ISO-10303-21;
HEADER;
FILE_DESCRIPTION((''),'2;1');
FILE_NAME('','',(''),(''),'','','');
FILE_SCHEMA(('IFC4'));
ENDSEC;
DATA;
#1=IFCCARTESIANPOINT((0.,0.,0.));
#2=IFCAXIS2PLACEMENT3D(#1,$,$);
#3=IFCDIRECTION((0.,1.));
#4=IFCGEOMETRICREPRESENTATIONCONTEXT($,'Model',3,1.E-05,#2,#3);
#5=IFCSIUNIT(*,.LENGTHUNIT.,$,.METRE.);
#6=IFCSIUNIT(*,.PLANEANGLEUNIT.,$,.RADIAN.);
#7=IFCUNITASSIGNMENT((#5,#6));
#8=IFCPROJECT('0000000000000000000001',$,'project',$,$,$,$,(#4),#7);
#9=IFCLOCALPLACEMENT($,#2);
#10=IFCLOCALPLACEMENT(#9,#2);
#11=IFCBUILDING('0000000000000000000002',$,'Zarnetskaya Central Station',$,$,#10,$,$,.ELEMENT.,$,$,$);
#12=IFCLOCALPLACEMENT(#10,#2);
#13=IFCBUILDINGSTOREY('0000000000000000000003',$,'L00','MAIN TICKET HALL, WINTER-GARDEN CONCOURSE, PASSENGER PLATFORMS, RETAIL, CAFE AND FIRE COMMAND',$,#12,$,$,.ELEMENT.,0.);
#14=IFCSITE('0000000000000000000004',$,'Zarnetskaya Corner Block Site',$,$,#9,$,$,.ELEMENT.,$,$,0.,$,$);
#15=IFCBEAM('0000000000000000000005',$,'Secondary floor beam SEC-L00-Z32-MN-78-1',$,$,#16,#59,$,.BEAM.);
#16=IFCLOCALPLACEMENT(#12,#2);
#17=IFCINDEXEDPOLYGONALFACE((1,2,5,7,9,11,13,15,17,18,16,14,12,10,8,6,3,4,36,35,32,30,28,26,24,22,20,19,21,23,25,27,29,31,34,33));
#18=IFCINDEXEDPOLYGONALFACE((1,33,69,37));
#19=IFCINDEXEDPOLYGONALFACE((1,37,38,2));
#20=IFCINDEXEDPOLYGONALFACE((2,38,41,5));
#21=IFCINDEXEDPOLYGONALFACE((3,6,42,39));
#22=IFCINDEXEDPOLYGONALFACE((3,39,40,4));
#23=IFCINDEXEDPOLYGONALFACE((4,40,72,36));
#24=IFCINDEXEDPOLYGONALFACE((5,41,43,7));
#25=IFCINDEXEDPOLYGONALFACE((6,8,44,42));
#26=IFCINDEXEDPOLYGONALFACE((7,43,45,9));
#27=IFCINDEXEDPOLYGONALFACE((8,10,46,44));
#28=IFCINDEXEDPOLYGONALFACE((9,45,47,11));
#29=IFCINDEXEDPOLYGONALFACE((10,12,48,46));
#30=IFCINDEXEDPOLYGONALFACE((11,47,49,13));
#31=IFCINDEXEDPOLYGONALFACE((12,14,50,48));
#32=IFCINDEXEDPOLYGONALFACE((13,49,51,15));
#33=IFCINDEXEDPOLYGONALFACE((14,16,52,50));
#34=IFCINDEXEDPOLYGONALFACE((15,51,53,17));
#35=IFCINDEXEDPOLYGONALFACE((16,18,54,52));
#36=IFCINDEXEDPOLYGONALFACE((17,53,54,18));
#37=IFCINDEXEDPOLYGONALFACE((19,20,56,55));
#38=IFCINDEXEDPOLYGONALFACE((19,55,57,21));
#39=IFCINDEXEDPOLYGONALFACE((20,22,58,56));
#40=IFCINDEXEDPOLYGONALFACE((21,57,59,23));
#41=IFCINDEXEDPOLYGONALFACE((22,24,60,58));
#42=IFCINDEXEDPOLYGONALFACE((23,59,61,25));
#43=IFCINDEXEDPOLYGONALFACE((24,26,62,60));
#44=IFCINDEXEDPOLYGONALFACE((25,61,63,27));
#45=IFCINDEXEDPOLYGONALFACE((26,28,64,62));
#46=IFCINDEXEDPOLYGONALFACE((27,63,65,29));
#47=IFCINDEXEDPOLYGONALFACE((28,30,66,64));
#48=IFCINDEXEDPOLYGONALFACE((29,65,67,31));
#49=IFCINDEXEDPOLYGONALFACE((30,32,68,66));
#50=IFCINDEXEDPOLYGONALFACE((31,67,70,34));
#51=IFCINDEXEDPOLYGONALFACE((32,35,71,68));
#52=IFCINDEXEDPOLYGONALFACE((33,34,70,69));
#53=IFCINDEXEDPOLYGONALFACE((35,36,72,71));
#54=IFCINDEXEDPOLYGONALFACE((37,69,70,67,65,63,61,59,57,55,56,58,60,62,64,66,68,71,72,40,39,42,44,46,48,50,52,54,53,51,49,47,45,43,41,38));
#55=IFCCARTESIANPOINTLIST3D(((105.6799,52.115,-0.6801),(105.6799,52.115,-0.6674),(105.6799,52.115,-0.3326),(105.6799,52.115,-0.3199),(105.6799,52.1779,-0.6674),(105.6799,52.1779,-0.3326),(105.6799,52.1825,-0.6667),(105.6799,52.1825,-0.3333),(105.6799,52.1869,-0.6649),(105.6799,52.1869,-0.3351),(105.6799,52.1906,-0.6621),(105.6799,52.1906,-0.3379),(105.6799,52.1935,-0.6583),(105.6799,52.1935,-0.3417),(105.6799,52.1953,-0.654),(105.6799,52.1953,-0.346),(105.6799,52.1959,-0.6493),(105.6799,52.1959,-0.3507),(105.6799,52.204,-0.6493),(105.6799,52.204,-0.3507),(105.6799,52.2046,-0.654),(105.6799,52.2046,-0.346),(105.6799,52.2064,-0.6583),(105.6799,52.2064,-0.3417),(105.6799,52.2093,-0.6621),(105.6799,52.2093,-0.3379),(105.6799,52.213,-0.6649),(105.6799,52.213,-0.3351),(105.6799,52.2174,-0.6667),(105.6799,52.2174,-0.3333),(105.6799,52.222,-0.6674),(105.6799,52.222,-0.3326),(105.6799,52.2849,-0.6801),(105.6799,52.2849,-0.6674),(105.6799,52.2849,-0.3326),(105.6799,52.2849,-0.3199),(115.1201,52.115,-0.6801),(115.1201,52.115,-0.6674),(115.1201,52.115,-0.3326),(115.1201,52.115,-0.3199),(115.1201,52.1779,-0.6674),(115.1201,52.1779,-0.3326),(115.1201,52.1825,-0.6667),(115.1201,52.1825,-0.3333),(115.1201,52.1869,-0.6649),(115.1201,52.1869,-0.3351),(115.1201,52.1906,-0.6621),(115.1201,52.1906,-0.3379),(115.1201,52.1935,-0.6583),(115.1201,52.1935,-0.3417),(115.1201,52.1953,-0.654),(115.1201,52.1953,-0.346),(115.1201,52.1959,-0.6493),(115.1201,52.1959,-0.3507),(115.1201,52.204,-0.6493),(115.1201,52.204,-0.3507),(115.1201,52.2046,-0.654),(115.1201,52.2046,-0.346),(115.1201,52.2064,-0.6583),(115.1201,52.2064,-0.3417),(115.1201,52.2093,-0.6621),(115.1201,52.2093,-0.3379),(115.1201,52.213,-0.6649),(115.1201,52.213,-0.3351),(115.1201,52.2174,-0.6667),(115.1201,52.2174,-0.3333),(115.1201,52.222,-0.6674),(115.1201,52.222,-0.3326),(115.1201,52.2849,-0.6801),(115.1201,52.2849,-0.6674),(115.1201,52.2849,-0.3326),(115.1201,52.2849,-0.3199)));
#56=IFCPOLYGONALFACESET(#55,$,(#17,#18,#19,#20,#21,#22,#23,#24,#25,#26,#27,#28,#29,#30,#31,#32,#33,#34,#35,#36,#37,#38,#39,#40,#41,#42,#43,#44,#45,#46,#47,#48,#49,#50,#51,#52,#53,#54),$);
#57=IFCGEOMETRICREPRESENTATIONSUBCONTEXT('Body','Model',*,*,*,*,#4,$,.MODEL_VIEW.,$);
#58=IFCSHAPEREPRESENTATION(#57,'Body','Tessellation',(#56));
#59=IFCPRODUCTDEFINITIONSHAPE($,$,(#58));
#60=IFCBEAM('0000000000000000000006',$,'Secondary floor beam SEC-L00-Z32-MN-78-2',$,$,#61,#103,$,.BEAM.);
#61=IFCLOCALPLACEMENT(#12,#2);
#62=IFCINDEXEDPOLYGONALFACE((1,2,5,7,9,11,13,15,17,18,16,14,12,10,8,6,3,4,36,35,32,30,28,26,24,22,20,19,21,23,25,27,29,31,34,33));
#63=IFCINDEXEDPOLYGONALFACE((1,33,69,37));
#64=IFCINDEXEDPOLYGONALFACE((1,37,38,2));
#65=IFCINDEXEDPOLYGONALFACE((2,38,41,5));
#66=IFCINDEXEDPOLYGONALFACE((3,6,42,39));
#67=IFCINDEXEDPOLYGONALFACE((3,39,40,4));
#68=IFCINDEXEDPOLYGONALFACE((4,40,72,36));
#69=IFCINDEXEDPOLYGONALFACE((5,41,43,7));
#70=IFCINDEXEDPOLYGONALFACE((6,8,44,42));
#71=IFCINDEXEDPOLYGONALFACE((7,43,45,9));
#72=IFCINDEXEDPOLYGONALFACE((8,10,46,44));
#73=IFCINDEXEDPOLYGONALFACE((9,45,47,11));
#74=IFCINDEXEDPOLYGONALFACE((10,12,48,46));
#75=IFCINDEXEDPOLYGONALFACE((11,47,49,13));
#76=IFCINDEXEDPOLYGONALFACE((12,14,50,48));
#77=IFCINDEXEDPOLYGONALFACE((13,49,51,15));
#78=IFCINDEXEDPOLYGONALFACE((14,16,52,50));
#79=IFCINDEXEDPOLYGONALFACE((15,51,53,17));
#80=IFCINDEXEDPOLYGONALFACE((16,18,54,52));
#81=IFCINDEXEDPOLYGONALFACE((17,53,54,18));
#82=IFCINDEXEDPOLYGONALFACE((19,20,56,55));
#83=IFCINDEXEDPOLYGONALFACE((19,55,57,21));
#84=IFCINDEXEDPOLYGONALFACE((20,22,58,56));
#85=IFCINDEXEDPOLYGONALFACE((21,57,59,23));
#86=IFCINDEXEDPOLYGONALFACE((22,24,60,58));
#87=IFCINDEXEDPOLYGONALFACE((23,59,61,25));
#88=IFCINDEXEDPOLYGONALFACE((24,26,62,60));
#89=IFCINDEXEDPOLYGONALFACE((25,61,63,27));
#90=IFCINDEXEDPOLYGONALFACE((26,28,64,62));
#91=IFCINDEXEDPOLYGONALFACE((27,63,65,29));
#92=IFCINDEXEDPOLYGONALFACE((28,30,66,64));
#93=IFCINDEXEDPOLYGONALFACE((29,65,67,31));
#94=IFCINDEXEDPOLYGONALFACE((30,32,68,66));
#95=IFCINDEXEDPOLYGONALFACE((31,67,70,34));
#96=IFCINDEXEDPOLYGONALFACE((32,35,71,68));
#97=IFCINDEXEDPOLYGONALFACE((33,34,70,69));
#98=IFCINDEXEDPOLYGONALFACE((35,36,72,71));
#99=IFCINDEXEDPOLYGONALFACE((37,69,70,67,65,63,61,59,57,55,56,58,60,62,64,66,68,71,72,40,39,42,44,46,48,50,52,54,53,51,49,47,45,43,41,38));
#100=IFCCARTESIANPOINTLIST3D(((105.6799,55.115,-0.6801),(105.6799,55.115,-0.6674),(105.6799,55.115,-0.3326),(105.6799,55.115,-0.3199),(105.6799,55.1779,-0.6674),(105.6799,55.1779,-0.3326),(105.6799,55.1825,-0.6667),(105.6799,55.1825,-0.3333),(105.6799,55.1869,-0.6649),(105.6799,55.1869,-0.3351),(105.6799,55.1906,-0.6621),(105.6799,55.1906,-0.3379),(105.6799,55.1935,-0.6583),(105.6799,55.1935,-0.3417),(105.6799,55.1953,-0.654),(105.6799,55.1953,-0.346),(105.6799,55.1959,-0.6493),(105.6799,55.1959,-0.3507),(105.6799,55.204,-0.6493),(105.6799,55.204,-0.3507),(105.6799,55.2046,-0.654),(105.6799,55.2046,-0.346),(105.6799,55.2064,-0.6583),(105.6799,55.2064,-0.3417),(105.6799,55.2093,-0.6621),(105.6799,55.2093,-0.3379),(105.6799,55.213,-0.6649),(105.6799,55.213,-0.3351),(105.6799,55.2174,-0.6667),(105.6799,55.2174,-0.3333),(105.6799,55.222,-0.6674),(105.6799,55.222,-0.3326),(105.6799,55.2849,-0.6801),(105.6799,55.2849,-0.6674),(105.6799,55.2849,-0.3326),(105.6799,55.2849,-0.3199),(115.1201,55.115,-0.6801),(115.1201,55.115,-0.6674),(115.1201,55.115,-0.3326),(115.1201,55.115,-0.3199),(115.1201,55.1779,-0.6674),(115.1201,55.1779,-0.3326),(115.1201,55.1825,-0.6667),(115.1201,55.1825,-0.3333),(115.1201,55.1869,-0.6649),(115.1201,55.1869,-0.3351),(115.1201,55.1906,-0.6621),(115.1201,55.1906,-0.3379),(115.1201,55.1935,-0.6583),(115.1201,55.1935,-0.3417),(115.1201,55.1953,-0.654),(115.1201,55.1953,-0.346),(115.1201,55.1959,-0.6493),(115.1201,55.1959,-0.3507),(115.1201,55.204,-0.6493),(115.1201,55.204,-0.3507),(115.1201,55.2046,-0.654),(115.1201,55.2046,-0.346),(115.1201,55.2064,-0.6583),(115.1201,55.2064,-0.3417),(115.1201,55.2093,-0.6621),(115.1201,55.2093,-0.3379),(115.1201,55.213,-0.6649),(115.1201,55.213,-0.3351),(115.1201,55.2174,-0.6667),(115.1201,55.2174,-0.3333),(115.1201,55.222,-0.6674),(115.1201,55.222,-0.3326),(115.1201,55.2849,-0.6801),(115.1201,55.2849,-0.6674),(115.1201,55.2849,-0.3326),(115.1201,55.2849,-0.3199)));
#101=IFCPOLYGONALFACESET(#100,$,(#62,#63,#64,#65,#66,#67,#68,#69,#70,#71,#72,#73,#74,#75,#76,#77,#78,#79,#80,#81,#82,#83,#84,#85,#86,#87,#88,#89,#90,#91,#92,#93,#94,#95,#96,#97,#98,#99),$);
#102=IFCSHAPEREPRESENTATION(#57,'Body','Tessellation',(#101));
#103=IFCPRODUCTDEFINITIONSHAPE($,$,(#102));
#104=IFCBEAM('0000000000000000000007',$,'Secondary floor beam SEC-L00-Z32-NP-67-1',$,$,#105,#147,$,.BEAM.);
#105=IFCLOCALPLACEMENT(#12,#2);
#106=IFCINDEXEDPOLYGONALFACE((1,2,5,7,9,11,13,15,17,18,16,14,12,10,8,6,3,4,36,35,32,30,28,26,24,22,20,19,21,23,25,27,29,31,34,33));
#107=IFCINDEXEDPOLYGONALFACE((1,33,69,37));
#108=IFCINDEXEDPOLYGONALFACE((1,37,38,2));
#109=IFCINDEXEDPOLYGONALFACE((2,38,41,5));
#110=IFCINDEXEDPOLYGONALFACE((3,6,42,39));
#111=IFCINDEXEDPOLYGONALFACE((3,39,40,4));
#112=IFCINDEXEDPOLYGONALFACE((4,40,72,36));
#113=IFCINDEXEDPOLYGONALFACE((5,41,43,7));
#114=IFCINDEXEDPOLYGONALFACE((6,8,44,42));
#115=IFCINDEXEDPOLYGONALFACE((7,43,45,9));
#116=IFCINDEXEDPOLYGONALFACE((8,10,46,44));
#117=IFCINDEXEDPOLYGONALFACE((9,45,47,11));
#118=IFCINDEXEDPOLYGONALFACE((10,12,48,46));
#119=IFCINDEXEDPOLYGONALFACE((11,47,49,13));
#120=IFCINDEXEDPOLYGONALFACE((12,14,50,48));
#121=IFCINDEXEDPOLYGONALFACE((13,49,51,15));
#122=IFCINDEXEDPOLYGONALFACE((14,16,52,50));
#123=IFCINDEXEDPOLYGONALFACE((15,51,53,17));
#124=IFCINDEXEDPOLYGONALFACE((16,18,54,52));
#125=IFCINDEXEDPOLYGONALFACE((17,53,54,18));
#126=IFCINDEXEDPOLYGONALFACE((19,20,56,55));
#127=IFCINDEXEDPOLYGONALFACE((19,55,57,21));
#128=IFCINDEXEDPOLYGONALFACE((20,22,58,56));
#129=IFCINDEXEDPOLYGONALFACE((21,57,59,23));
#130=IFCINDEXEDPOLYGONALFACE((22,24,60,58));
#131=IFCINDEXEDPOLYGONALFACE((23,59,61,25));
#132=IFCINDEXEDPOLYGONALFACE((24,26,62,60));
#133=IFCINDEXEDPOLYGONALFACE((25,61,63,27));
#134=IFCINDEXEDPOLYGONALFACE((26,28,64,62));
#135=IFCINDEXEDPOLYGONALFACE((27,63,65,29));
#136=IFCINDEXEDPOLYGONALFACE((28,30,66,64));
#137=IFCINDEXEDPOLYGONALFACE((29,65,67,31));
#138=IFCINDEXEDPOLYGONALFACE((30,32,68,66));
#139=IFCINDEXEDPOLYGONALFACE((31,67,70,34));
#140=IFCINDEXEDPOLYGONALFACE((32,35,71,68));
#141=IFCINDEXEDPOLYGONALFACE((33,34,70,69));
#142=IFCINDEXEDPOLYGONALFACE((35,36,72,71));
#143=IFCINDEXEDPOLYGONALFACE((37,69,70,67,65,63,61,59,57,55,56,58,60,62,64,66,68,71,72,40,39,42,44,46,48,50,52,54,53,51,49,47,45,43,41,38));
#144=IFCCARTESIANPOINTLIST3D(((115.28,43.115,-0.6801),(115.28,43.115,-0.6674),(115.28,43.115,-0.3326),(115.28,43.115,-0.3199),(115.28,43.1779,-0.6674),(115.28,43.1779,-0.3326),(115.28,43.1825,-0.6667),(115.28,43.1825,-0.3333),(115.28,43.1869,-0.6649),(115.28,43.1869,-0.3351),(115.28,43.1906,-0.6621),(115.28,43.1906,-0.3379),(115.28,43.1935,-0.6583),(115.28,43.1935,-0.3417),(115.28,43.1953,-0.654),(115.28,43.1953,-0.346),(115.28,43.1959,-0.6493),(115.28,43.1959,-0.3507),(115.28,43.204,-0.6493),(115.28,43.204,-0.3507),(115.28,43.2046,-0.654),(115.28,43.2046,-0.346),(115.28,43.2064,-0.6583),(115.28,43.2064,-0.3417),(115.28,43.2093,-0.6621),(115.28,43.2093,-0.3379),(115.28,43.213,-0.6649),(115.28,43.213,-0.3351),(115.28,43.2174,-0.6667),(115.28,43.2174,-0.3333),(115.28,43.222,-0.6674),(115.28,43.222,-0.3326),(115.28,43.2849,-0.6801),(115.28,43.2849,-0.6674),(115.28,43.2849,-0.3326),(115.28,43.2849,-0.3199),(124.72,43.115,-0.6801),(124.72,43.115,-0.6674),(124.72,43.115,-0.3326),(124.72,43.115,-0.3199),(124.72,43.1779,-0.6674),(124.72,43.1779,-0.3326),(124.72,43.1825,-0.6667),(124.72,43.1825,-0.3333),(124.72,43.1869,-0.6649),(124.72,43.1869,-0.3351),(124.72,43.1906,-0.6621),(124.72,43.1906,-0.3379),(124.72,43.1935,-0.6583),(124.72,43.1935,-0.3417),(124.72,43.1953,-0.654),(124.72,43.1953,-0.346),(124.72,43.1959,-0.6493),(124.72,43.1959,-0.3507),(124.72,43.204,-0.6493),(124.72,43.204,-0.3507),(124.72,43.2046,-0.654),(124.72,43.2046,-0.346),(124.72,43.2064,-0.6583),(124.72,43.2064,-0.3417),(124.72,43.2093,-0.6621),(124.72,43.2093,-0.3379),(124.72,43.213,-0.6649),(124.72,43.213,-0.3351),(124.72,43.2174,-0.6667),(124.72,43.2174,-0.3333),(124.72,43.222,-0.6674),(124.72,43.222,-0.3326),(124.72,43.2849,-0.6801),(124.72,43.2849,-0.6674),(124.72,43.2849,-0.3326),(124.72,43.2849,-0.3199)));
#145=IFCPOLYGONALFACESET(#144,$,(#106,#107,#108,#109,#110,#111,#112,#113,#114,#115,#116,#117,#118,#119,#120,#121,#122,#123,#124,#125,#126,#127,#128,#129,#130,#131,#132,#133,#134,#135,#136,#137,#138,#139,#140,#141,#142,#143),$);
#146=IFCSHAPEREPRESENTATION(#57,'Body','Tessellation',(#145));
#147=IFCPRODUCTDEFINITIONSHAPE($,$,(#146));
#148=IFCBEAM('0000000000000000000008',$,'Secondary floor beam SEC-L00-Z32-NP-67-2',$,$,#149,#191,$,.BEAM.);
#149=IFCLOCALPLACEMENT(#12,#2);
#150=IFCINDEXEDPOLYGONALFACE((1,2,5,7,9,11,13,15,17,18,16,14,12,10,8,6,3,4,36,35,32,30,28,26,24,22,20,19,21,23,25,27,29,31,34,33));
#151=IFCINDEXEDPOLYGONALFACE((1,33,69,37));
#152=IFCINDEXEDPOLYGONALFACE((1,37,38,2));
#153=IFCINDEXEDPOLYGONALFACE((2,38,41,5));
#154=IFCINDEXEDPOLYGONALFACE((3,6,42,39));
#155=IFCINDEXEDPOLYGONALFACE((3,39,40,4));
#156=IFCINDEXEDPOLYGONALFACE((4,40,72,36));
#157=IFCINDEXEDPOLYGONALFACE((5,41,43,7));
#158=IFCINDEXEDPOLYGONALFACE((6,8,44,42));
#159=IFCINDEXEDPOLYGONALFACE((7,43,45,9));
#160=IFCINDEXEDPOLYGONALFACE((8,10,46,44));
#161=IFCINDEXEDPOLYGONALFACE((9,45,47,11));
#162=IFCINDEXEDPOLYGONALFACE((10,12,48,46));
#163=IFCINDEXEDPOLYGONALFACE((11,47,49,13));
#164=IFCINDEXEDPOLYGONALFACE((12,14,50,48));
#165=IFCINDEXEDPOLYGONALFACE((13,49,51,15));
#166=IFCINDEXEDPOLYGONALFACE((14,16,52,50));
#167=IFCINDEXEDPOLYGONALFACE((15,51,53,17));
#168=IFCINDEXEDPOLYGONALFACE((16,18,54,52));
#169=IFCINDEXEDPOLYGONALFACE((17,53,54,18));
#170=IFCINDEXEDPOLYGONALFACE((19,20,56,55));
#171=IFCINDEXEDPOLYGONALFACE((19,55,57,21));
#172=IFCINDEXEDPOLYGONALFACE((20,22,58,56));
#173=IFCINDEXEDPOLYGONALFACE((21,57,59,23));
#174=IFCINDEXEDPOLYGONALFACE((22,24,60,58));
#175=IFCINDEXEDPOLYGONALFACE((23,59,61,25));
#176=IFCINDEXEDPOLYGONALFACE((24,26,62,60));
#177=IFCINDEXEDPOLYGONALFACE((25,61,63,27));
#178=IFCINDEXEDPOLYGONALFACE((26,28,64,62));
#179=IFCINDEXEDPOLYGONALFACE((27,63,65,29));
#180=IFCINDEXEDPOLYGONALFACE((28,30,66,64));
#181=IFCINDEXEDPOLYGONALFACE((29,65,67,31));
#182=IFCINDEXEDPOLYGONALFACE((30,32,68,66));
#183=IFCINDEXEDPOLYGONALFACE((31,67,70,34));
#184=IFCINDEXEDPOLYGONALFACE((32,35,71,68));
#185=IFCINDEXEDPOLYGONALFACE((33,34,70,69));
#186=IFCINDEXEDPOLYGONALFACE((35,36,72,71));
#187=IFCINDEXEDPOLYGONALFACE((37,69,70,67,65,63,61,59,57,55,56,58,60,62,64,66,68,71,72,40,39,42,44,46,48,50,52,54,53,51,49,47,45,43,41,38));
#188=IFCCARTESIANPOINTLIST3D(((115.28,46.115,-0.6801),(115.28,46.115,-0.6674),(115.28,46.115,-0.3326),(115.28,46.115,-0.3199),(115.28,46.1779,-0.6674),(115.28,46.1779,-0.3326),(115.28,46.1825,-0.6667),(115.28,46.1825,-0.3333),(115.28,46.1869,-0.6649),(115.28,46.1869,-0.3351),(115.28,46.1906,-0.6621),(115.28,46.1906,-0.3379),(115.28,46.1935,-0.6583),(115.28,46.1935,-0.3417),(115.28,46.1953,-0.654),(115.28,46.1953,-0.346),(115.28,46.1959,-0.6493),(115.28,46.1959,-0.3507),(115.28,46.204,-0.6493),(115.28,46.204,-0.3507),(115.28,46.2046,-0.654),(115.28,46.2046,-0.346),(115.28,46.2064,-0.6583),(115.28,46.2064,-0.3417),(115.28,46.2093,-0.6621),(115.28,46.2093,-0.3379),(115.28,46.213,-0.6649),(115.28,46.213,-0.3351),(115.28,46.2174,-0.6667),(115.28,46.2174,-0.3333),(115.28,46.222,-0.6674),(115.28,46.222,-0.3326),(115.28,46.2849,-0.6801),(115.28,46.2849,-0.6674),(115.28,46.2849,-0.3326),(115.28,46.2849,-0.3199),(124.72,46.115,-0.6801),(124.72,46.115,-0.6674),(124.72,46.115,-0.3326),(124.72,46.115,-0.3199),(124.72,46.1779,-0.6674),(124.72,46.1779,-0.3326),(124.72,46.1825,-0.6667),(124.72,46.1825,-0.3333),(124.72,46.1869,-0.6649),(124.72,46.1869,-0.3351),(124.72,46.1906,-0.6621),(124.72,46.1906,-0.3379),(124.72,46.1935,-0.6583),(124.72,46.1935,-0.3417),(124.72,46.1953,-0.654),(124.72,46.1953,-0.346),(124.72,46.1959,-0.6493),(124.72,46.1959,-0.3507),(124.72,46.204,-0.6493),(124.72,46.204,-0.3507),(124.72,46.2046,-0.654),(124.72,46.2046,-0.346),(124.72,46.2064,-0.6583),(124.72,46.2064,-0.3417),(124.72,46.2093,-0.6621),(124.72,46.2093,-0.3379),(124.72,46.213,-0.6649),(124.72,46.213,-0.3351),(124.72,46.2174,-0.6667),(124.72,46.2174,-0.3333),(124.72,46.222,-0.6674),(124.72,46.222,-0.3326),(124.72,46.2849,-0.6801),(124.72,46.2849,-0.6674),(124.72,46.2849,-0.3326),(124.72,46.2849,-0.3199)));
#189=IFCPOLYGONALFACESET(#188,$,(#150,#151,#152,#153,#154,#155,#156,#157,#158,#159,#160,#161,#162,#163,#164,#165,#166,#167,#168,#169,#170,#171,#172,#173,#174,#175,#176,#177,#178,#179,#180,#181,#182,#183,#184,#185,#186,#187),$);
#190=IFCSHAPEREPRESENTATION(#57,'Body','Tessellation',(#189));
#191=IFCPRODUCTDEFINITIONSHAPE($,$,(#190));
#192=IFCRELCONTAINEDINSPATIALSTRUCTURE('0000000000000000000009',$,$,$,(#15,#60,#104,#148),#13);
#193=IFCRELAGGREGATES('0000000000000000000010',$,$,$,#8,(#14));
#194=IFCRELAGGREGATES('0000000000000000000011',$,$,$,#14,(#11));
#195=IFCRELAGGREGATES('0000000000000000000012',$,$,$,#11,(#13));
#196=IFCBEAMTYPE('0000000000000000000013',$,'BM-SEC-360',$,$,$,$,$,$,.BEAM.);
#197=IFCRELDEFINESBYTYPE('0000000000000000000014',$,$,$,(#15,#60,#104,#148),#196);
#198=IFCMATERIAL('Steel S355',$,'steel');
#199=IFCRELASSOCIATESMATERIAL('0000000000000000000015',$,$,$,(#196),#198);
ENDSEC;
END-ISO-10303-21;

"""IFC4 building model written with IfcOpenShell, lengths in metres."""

from ifc_helpers import new_model, si_unit, direction, frame, origin, origin_2d, place, context, subcontext, project, spatial, i_section, extrude, material, material_profile, profile_set, type_object, element, save


model = new_model("IFC4")

# Units and contexts
model_context = context("Model", 3, precision=1e-05, world=origin(), true_north=direction((0.0, 1.0)))
body_context = subcontext(model_context, "Body", "Model", "MODEL_VIEW")
ifc_project = project(units=[si_unit("LENGTHUNIT", "METRE"), si_unit("PLANEANGLEUNIT", "RADIAN")], contexts=[model_context])

# Site, building, storey
site_placement = place(None, origin())
site = spatial("IfcSite", under=ifc_project, at=site_placement, Name="Zarnetskaya Corner Block Site", CompositionType="ELEMENT", RefElevation=0.0)
building_placement = place(site_placement, origin())
building = spatial("IfcBuilding", under=site, at=building_placement, Name="Zarnetskaya Central Station", CompositionType="ELEMENT")
storey_placement = place(building_placement, origin())
storey = spatial("IfcBuildingStorey", under=building, at=storey_placement, Name="L00", Description="MAIN TICKET HALL, WINTER-GARDEN CONCOURSE, PASSENGER PLATFORMS, RETAIL, CAFE AND FIRE COMMAND", CompositionType="ELEMENT", Elevation=0.0)

# Shared definitions
ifc_material = material(Name="Steel S355", Category="steel")

# Beams
ifc_material_profile_1 = material_profile(ifc_material, i_section(OverallWidth=0.1699, OverallDepth=0.3601, WebThickness=0.0081, FlangeThickness=0.0127, FilletRadius=0.0181, at=origin_2d()), Name="IPE 360")
ifc_profile_set_1 = profile_set([ifc_material_profile_1], Name="Steel S355")
beam_type_1 = type_object("IfcBeamType", Name="BM-SEC-360", PredefinedType="BEAM", material=ifc_profile_set_1)
for number, where, z_axis, x_axis, name in (
    (1, (105.6799, 52.2, -0.5), (1.0, 0.0, 0.0), (0.0, 1.0, 0.0), "Secondary floor beam SEC-L00-Z32-MN-78-1"),
    (2, (105.6799, 55.2, -0.5), (1.0, 0.0, 0.0), (0.0, 1.0, 0.0), "Secondary floor beam SEC-L00-Z32-MN-78-2"),
):
    element("IfcBeam", number, at=place(storey_placement, frame(where, z_axis=z_axis, x_axis=x_axis)), inside=storey, type_object=beam_type_1, Name=name, PredefinedType="BEAM", context=body_context, shape_type="SweptSolid", body=[
        extrude(i_section(OverallWidth=0.1699, OverallDepth=0.3601, WebThickness=0.0081, FlangeThickness=0.0127, FilletRadius=0.0181, at=origin_2d()), origin(), (0.0, 0.0, 1.0), 9.4402),
    ])
for number, where, z_axis, x_axis, name in (
    (3, (115.28, 43.2, -0.5), (1.0, 0.0, 0.0), (0.0, 1.0, 0.0), "Secondary floor beam SEC-L00-Z32-NP-67-1"),
    (4, (115.28, 46.2, -0.5), (1.0, 0.0, 0.0), (0.0, 1.0, 0.0), "Secondary floor beam SEC-L00-Z32-NP-67-2"),
):
    element("IfcBeam", number, at=place(storey_placement, frame(where, z_axis=z_axis, x_axis=x_axis)), inside=storey, type_object=beam_type_1, Name=name, PredefinedType="BEAM", context=body_context, shape_type="SweptSolid", body=[
        extrude(i_section(OverallWidth=0.1699, OverallDepth=0.3601, WebThickness=0.0081, FlangeThickness=0.0127, FilletRadius=0.0181, at=origin_2d()), origin(), (0.0, 0.0, 1.0), 9.4399),
    ])

save(model, "model.ifc")
